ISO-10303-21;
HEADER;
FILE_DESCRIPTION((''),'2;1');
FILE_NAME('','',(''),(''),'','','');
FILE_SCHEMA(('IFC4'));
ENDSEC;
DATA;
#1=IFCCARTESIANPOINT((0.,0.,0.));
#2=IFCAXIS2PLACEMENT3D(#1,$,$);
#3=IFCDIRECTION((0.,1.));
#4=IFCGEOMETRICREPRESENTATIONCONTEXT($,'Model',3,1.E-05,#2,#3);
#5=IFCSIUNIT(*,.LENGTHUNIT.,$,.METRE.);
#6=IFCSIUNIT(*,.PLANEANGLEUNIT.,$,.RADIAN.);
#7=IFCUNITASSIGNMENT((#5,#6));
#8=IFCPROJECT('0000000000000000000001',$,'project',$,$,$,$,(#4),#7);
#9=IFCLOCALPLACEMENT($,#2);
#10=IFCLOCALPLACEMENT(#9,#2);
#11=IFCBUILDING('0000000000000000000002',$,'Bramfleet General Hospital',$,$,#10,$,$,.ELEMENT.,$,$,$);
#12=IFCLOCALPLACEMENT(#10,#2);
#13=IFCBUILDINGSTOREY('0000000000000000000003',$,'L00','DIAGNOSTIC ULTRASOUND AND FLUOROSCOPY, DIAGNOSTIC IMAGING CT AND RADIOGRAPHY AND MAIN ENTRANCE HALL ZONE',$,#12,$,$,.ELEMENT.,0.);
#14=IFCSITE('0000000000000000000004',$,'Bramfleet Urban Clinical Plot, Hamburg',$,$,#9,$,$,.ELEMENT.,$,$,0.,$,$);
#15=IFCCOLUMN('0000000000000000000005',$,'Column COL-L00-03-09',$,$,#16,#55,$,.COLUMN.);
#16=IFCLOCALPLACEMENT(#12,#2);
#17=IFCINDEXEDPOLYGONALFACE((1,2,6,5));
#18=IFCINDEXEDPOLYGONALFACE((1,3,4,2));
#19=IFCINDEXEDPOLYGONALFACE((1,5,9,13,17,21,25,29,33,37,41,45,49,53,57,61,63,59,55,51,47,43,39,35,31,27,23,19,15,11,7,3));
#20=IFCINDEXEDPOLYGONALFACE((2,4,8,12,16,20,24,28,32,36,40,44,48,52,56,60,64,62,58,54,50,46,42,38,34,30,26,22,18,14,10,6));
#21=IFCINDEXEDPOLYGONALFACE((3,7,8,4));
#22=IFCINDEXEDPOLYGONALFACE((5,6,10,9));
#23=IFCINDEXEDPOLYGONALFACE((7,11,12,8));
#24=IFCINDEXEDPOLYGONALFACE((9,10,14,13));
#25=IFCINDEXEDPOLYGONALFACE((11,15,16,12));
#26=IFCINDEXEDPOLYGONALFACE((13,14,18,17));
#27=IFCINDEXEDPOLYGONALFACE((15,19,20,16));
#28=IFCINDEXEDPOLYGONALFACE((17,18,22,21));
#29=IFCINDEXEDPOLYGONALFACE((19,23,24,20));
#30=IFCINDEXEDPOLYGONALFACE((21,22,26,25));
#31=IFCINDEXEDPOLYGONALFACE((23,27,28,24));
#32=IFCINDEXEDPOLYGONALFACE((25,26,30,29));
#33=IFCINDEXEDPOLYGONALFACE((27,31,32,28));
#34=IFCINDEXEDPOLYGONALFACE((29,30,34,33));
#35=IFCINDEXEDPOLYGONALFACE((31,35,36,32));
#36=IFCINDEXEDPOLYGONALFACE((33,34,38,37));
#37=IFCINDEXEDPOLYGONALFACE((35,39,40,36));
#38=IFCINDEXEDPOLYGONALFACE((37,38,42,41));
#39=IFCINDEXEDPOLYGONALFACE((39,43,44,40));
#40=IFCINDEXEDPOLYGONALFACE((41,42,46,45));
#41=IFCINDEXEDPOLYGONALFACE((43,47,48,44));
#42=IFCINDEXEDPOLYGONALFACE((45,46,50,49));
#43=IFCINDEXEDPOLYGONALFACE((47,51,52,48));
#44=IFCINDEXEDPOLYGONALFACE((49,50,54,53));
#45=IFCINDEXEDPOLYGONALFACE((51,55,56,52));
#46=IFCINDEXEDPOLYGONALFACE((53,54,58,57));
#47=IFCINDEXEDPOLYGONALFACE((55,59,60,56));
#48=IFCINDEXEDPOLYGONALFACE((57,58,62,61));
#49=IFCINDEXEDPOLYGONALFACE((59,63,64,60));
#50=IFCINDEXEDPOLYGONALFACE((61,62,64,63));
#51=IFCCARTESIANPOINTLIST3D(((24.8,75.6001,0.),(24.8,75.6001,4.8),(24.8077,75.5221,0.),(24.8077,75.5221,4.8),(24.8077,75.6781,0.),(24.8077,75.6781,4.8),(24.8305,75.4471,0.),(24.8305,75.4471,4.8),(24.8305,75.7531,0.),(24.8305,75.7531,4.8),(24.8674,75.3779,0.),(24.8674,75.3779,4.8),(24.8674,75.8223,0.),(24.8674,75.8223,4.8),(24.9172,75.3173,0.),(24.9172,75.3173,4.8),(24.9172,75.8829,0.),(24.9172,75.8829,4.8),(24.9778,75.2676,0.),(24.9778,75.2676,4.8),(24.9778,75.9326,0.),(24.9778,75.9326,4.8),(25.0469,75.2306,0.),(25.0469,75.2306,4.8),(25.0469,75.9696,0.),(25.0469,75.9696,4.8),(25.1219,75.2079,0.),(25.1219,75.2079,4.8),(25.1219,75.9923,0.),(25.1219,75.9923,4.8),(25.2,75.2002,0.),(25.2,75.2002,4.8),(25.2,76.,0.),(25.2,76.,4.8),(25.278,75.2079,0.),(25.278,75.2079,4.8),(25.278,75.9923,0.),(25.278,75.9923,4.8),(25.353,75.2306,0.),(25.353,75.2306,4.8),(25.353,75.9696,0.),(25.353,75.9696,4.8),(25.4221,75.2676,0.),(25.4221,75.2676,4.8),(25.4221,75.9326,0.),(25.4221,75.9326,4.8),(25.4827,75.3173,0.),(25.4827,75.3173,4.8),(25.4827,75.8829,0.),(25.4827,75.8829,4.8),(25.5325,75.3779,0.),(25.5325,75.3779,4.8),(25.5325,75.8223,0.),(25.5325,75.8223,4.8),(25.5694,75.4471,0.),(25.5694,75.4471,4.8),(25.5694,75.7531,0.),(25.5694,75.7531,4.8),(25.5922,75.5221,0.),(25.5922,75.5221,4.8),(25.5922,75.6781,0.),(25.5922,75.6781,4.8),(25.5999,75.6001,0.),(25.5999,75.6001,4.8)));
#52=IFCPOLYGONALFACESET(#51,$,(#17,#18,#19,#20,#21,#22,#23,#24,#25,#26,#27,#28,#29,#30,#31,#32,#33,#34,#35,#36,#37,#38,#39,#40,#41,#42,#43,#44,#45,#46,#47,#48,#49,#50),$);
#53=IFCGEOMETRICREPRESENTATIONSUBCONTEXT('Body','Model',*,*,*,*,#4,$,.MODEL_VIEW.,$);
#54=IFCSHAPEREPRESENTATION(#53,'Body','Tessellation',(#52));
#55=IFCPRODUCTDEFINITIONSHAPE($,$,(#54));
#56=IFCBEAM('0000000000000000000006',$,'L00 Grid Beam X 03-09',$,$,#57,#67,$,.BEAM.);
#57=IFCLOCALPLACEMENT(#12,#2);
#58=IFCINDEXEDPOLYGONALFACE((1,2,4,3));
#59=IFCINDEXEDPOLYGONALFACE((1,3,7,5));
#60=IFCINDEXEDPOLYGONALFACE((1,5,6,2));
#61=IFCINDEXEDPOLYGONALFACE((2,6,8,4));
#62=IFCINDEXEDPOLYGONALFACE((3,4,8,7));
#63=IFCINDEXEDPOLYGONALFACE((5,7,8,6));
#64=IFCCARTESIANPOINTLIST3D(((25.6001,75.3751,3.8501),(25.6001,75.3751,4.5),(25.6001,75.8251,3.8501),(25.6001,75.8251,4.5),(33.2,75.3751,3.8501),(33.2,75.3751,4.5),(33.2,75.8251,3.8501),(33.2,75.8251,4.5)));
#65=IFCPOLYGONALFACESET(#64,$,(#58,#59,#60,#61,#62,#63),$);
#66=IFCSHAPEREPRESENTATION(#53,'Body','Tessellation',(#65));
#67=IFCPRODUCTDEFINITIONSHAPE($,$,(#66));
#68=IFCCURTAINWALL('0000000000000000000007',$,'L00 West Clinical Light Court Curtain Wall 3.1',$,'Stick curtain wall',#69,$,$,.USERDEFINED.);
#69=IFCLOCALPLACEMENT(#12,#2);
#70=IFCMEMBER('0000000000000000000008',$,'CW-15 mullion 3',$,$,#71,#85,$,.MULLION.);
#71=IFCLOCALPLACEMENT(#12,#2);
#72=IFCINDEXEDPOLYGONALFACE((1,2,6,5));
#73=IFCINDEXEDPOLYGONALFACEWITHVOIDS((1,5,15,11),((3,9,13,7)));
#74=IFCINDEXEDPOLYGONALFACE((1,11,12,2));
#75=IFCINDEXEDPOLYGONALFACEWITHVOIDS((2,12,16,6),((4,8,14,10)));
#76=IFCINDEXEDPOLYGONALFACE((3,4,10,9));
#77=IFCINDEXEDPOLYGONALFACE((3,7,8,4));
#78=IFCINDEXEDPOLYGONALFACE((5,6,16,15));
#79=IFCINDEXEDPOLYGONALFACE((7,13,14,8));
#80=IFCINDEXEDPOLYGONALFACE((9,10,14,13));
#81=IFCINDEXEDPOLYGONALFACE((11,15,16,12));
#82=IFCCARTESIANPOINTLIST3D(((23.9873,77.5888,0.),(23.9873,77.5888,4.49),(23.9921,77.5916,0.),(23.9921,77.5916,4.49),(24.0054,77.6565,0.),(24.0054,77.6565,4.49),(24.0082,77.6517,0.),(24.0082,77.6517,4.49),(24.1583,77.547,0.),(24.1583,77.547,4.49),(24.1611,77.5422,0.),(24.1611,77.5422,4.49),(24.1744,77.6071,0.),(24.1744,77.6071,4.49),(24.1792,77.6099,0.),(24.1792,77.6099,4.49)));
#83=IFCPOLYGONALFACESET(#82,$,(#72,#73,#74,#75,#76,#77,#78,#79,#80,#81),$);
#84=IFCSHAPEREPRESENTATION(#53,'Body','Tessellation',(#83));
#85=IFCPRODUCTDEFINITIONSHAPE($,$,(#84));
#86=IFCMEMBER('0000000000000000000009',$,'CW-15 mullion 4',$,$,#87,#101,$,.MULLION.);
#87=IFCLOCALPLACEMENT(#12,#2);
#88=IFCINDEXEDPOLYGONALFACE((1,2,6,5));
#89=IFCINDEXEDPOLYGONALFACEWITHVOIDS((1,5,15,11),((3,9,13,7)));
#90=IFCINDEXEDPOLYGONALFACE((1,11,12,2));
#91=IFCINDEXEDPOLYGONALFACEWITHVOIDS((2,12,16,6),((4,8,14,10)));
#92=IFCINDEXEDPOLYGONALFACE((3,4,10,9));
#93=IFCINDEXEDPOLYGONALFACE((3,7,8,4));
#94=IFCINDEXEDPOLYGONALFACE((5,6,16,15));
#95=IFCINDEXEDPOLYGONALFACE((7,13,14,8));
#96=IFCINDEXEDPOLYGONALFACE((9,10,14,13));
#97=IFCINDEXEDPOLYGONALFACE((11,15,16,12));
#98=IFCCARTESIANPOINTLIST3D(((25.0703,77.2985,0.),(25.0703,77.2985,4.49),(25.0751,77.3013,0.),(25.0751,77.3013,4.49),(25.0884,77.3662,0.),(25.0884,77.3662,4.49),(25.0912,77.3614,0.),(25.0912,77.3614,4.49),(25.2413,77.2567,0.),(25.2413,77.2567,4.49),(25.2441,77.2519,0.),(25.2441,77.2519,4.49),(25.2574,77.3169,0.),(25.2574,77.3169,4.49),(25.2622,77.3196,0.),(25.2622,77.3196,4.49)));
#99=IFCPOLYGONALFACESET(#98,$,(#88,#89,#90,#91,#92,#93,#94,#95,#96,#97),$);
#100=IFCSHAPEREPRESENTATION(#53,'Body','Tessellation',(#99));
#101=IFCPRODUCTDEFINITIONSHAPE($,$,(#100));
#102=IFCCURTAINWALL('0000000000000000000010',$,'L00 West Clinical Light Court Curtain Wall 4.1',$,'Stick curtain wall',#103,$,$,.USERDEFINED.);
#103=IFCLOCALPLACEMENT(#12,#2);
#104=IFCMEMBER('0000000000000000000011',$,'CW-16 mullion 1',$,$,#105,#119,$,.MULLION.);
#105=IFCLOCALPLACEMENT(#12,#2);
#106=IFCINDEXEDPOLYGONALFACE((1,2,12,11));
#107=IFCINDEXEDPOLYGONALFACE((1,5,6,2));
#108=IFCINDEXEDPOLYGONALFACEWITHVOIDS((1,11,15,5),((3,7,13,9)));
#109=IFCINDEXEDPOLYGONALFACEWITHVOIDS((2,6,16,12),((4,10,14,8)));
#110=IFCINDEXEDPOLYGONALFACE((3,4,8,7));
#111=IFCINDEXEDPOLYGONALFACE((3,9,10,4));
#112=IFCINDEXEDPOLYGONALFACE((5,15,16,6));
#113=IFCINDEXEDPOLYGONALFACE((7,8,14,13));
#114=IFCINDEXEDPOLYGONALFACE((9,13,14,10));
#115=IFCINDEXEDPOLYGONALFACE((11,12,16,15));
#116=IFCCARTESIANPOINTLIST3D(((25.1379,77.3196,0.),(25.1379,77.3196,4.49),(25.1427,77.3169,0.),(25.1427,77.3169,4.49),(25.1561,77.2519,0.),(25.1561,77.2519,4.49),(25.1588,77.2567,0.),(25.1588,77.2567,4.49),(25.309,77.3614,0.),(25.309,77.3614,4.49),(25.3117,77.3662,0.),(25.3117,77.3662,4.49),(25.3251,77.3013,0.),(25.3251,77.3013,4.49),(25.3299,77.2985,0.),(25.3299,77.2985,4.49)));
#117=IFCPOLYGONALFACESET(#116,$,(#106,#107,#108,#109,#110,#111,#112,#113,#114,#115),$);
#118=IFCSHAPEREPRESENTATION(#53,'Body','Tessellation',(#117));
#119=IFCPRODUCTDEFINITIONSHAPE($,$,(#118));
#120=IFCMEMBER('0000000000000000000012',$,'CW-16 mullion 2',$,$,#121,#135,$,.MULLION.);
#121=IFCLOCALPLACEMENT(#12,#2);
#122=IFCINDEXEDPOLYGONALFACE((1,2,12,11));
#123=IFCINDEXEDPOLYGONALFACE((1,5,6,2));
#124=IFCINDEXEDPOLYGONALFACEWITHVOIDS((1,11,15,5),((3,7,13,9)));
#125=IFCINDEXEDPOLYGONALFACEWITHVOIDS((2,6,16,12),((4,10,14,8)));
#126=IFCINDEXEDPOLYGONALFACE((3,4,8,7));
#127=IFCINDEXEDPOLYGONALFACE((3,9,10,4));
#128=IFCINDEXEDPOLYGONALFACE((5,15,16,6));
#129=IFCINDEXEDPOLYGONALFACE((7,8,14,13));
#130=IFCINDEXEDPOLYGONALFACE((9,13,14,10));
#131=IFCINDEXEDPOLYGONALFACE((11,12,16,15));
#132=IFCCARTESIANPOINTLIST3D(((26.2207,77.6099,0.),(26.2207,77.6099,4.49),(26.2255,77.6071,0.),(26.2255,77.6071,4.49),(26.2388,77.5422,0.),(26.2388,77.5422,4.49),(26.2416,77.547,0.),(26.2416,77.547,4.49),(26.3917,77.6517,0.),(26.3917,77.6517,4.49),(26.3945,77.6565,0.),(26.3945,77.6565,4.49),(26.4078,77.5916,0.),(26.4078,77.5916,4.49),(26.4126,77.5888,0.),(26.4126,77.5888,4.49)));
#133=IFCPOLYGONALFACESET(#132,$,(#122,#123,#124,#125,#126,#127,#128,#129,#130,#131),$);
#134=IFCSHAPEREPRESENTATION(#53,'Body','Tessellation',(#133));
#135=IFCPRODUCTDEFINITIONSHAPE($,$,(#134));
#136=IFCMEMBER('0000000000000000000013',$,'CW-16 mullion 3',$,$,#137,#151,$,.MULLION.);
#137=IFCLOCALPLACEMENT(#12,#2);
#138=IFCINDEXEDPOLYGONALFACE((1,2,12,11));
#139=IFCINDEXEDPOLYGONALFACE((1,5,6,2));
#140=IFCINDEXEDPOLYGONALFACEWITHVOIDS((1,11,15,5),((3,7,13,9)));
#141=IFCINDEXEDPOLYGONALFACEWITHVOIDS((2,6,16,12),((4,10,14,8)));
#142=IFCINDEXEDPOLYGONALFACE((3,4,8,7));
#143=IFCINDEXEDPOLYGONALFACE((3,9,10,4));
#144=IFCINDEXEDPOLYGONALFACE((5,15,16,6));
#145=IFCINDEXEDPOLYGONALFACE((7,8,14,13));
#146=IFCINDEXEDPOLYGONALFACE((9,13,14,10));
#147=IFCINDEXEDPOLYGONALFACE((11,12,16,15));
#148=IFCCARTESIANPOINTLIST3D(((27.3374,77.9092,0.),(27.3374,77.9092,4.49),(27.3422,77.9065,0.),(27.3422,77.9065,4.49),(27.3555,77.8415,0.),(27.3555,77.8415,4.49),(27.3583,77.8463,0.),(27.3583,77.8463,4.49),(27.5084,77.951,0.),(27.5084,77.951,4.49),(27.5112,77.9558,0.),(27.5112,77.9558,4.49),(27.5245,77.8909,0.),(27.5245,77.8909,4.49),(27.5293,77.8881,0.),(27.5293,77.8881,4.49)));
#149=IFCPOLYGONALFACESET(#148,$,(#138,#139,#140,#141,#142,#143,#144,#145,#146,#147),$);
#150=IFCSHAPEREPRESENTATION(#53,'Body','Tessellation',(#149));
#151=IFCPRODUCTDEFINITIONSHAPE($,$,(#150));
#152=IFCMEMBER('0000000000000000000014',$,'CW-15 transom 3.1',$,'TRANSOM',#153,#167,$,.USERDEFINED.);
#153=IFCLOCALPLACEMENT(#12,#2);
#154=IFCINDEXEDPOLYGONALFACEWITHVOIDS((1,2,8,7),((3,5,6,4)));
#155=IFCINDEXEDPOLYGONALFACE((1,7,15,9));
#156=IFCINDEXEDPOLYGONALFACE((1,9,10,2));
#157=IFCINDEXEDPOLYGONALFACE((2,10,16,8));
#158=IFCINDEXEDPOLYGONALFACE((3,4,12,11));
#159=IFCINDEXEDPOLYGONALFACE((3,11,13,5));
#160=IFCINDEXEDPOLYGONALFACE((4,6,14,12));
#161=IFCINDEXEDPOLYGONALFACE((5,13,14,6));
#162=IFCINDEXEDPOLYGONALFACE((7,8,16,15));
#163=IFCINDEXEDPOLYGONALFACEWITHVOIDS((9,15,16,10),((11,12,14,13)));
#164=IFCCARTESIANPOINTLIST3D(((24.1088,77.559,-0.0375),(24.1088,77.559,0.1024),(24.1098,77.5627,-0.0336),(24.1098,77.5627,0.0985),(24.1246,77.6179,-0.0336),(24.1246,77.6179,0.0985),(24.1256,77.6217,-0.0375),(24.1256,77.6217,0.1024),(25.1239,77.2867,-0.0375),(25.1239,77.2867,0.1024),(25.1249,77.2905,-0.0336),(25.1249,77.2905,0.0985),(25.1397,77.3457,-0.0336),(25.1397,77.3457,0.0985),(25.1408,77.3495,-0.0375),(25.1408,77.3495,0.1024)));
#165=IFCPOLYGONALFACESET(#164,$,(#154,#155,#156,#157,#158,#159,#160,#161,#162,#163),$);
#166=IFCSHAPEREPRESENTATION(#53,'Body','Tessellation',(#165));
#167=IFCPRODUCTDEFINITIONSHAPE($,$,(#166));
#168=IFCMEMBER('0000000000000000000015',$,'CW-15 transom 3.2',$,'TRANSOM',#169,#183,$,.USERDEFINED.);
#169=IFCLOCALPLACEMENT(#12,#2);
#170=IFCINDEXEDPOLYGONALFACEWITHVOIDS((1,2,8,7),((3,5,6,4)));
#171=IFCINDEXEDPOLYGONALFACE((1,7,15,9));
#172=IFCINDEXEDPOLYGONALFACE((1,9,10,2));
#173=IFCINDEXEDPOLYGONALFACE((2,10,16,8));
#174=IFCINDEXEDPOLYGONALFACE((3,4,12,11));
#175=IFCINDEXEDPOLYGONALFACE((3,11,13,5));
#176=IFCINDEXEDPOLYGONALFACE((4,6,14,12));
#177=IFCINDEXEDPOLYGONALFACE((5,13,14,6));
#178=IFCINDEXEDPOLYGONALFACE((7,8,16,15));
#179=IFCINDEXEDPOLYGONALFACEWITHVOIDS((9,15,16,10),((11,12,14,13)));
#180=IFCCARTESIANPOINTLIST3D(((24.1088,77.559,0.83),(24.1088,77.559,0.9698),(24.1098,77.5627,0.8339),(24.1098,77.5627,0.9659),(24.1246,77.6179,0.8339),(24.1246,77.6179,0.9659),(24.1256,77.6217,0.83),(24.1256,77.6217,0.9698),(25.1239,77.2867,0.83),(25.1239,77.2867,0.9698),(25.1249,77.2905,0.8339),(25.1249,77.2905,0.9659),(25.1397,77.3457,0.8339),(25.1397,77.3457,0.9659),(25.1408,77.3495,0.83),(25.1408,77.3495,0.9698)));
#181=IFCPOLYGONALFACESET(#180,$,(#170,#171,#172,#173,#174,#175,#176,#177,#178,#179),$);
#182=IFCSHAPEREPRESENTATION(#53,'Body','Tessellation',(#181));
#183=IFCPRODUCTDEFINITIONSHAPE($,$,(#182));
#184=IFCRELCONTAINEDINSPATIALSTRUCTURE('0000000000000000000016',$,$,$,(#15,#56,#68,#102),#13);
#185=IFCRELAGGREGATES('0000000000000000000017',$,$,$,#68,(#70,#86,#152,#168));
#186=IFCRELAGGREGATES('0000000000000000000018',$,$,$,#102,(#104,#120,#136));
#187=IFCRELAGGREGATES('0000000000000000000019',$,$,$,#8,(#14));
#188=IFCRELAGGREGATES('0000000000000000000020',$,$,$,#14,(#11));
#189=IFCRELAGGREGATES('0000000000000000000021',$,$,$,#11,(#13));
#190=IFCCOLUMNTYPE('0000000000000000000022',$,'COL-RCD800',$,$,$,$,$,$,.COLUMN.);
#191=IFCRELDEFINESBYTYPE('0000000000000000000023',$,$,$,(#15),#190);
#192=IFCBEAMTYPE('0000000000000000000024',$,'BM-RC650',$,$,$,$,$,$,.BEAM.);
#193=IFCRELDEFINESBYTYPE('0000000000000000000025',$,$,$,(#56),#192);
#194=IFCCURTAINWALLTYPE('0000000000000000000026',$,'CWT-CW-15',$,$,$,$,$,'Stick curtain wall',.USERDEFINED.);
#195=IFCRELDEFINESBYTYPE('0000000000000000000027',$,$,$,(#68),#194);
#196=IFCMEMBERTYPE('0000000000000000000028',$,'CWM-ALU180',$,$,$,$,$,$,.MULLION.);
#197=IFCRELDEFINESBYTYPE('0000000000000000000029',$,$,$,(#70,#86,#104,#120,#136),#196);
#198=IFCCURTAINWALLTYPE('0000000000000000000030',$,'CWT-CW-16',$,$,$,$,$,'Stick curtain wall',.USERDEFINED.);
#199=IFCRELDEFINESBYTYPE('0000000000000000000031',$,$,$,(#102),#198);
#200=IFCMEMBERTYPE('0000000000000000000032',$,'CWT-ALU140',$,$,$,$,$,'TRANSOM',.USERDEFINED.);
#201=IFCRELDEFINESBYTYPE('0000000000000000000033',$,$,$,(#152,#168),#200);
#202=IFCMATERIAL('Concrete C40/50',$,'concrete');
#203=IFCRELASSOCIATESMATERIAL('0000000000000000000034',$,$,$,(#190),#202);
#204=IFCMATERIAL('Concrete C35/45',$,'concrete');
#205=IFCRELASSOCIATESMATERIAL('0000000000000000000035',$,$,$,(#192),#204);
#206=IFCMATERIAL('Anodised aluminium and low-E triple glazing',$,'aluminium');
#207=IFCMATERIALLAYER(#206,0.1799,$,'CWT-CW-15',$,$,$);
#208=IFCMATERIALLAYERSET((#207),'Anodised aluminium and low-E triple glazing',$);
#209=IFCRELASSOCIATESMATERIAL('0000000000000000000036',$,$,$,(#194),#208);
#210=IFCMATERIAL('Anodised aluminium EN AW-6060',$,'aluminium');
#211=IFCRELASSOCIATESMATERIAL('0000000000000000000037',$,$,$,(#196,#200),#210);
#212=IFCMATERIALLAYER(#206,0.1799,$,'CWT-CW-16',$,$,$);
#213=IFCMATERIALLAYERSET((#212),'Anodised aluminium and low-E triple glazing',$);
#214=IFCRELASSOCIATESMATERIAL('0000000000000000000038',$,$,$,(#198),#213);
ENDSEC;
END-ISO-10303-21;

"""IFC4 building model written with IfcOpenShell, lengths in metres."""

from ifc_helpers import new_model, si_unit, direction, frame, origin, origin_2d, place, context, subcontext, project, spatial, rectangle, hollow_rectangle, circle, extrude, material, layer, layer_set, material_profile, profile_set, type_object, element, aggregate, save


model = new_model("IFC4")

# Units and contexts
model_context = context("Model", 3, precision=1e-05, world=origin(), true_north=direction((0.0, 1.0)))
body_context = subcontext(model_context, "Body", "Model", "MODEL_VIEW")
ifc_project = project(units=[si_unit("LENGTHUNIT", "METRE"), si_unit("PLANEANGLEUNIT", "RADIAN")], contexts=[model_context])

# Site, building, storey
site_placement = place(None, origin())
site = spatial("IfcSite", under=ifc_project, at=site_placement, Name="Bramfleet Urban Clinical Plot, Hamburg", CompositionType="ELEMENT", RefElevation=0.0)
building_placement = place(site_placement, origin())
building = spatial("IfcBuilding", under=site, at=building_placement, Name="Bramfleet General Hospital", CompositionType="ELEMENT")
storey_placement = place(building_placement, origin())
storey = spatial("IfcBuildingStorey", under=building, at=storey_placement, Name="L00", Description="DIAGNOSTIC ULTRASOUND AND FLUOROSCOPY, DIAGNOSTIC IMAGING CT AND RADIOGRAPHY AND MAIN ENTRANCE HALL ZONE", CompositionType="ELEMENT", Elevation=0.0)

# Column
ifc_material_1 = material(Name="Concrete C40/50", Category="concrete")
ifc_material_profile_1 = material_profile(ifc_material_1, circle(Radius=0.3999, at=origin_2d()), Name="RC ROUND D800")
ifc_profile_set_1 = profile_set([ifc_material_profile_1], Name="Concrete C40/50")
column_type = type_object("IfcColumnType", Name="COL-RCD800", PredefinedType="COLUMN", material=ifc_profile_set_1)
column_placement = place(storey_placement, frame((25.2, 75.6001, 0.0), z_axis=(0.0, 0.0, 1.0), x_axis=(1.0, 0.0, 0.0)))
element("IfcColumn", 1, at=column_placement, inside=storey, type_object=column_type, Name="Column COL-L00-03-09", PredefinedType="COLUMN", context=body_context, shape_type="SweptSolid", body=[
    extrude(circle(Radius=0.3999, at=origin_2d()), origin(), (0.0, 0.0, 1.0), 4.8),
])

# Beam
ifc_material_2 = material(Name="Concrete C35/45", Category="concrete")
ifc_material_profile_2 = material_profile(ifc_material_2, rectangle(XDim=0.45, YDim=0.6499, at=origin_2d()), Name="RC BM 650x450")
ifc_profile_set_2 = profile_set([ifc_material_profile_2], Name="Concrete C35/45")
beam_type = type_object("IfcBeamType", Name="BM-RC650", PredefinedType="BEAM", material=ifc_profile_set_2)
beam_placement = place(storey_placement, frame((25.6001, 75.6001, 4.175), z_axis=(1.0, 0.0, 0.0), x_axis=(0.0, 1.0, 0.0)))
element("IfcBeam", 2, at=beam_placement, inside=storey, type_object=beam_type, Name="L00 Grid Beam X 03-09", PredefinedType="BEAM", context=body_context, shape_type="SweptSolid", body=[
    extrude(rectangle(XDim=0.45, YDim=0.6499, at=origin_2d()), origin(), (0.0, 0.0, 1.0), 7.5999),
])

# Curtain walls, members
ifc_material_3 = material(Name="Anodised aluminium and low-E triple glazing", Category="aluminium")
ifc_layer_1 = layer(ifc_material_3, 0.1799, Name="CWT-CW-15")
ifc_layer_set_1 = layer_set([ifc_layer_1], Name="Anodised aluminium and low-E triple glazing")
curtain_wall_type_1 = type_object("IfcCurtainWallType", Name="CWT-CW-15", ElementType="Stick curtain wall", PredefinedType="USERDEFINED", material=ifc_layer_set_1)
curtain_wall_1_placement = place(storey_placement, origin())
curtain_wall_1 = element("IfcCurtainWall", 3, at=curtain_wall_1_placement, inside=storey, type_object=curtain_wall_type_1, Name="L00 West Clinical Light Court Curtain Wall 3.1", ObjectType="Stick curtain wall", PredefinedType="USERDEFINED")
ifc_material_4 = material(Name="Anodised aluminium EN AW-6060", Category="aluminium")
ifc_material_profile_3 = material_profile(ifc_material_4, hollow_rectangle(XDim=0.0701, YDim=0.1799, WallThickness=0.0039, at=origin_2d()), Name="ALU 180x70x4.0")
ifc_profile_set_3 = profile_set([ifc_material_profile_3], Name="Anodised aluminium EN AW-6060")
member_type_1 = type_object("IfcMemberType", Name="CWM-ALU180", PredefinedType="MULLION", material=ifc_profile_set_3)
member_1_placement = place(storey_placement, frame((24.0833, 77.5994, 0.0), z_axis=(0.0, 0.0, 1.0), x_axis=(0.258919, 0.965899, 0.0)))
member_1 = element("IfcMember", 4, at=member_1_placement, type_object=member_type_1, Name="CW-15 mullion 3", PredefinedType="MULLION", context=body_context, shape_type="SweptSolid", body=[
    extrude(hollow_rectangle(XDim=0.0701, YDim=0.1799, WallThickness=0.0039, at=origin_2d()), origin(), (0.0, 0.0, 1.0), 4.49),
])
member_2_placement = place(storey_placement, frame((25.1663, 77.3091, 0.0), z_axis=(0.0, 0.0, 1.0), x_axis=(0.258919, 0.965899, 0.0)))
member_2 = element("IfcMember", 5, at=member_2_placement, type_object=member_type_1, Name="CW-15 mullion 4", PredefinedType="MULLION", context=body_context, shape_type="SweptSolid", body=[
    extrude(hollow_rectangle(XDim=0.0701, YDim=0.1799, WallThickness=0.0039, at=origin_2d()), origin(), (0.0, 0.0, 1.0), 4.49),
])
ifc_layer_2 = layer(ifc_material_3, 0.1799, Name="CWT-CW-16")
ifc_layer_set_2 = layer_set([ifc_layer_2], Name="Anodised aluminium and low-E triple glazing")
curtain_wall_type_2 = type_object("IfcCurtainWallType", Name="CWT-CW-16", ElementType="Stick curtain wall", PredefinedType="USERDEFINED", material=ifc_layer_set_2)
curtain_wall_2_placement = place(storey_placement, origin())
curtain_wall_2 = element("IfcCurtainWall", 6, at=curtain_wall_2_placement, inside=storey, type_object=curtain_wall_type_2, Name="L00 West Clinical Light Court Curtain Wall 4.1", ObjectType="Stick curtain wall", PredefinedType="USERDEFINED")
member_3_placement = place(storey_placement, frame((25.2339, 77.3091, 0.0), z_axis=(0.0, 0.0, 1.0), x_axis=(-0.258919, 0.965899, 0.0)))
member_3 = element("IfcMember", 7, at=member_3_placement, type_object=member_type_1, Name="CW-16 mullion 1", PredefinedType="MULLION", context=body_context, shape_type="SweptSolid", body=[
    extrude(hollow_rectangle(XDim=0.0701, YDim=0.1799, WallThickness=0.0039, at=origin_2d()), origin(), (0.0, 0.0, 1.0), 4.49),
])
member_4_placement = place(storey_placement, frame((26.3167, 77.5994, 0.0), z_axis=(0.0, 0.0, 1.0), x_axis=(-0.258919, 0.965899, 0.0)))
member_4 = element("IfcMember", 8, at=member_4_placement, type_object=member_type_1, Name="CW-16 mullion 2", PredefinedType="MULLION", context=body_context, shape_type="SweptSolid", body=[
    extrude(hollow_rectangle(XDim=0.0701, YDim=0.1799, WallThickness=0.0039, at=origin_2d()), origin(), (0.0, 0.0, 1.0), 4.49),
])
member_5_placement = place(storey_placement, frame((27.4333, 77.8987, 0.0), z_axis=(0.0, 0.0, 1.0), x_axis=(-0.258919, 0.965899, 0.0)))
member_5 = element("IfcMember", 9, at=member_5_placement, type_object=member_type_1, Name="CW-16 mullion 3", PredefinedType="MULLION", context=body_context, shape_type="SweptSolid", body=[
    extrude(hollow_rectangle(XDim=0.0701, YDim=0.1799, WallThickness=0.0039, at=origin_2d()), origin(), (0.0, 0.0, 1.0), 4.49),
])

# Members
ifc_material_profile_4 = material_profile(ifc_material_4, hollow_rectangle(XDim=0.0649, YDim=0.1399, WallThickness=0.0039, at=origin_2d()), Name="ALU 140x65x4.0")
ifc_profile_set_4 = profile_set([ifc_material_profile_4], Name="Anodised aluminium EN AW-6060")
member_type_2 = type_object("IfcMemberType", Name="CWT-ALU140", ElementType="TRANSOM", PredefinedType="USERDEFINED", material=ifc_profile_set_4)
member_6_placement = place(storey_placement, frame((24.1172, 77.5903, 0.0325), z_axis=(0.965875, -0.259007, 0.0), x_axis=(0.259007, 0.965875, 0.0)))
member_6 = element("IfcMember", 10, at=member_6_placement, type_object=member_type_2, Name="CW-15 transom 3.1", ObjectType="TRANSOM", PredefinedType="USERDEFINED", context=body_context, shape_type="SweptSolid", body=[
    extrude(hollow_rectangle(XDim=0.0649, YDim=0.1399, WallThickness=0.0039, at=origin_2d()), origin(), (0.0, 0.0, 1.0), 1.051),
])
member_7_placement = place(storey_placement, frame((24.1172, 77.5903, 0.8999), z_axis=(0.965875, -0.259007, 0.0), x_axis=(0.259007, 0.965875, 0.0)))
member_7 = element("IfcMember", 11, at=member_7_placement, type_object=member_type_2, Name="CW-15 transom 3.2", ObjectType="TRANSOM", PredefinedType="USERDEFINED", context=body_context, shape_type="SweptSolid", body=[
    extrude(hollow_rectangle(XDim=0.0649, YDim=0.1399, WallThickness=0.0039, at=origin_2d()), origin(), (0.0, 0.0, 1.0), 1.051),
])

aggregate(curtain_wall_1, [member_1, member_2, member_6, member_7])
aggregate(curtain_wall_2, [member_3, member_4, member_5])

save(model, "model.ifc")
